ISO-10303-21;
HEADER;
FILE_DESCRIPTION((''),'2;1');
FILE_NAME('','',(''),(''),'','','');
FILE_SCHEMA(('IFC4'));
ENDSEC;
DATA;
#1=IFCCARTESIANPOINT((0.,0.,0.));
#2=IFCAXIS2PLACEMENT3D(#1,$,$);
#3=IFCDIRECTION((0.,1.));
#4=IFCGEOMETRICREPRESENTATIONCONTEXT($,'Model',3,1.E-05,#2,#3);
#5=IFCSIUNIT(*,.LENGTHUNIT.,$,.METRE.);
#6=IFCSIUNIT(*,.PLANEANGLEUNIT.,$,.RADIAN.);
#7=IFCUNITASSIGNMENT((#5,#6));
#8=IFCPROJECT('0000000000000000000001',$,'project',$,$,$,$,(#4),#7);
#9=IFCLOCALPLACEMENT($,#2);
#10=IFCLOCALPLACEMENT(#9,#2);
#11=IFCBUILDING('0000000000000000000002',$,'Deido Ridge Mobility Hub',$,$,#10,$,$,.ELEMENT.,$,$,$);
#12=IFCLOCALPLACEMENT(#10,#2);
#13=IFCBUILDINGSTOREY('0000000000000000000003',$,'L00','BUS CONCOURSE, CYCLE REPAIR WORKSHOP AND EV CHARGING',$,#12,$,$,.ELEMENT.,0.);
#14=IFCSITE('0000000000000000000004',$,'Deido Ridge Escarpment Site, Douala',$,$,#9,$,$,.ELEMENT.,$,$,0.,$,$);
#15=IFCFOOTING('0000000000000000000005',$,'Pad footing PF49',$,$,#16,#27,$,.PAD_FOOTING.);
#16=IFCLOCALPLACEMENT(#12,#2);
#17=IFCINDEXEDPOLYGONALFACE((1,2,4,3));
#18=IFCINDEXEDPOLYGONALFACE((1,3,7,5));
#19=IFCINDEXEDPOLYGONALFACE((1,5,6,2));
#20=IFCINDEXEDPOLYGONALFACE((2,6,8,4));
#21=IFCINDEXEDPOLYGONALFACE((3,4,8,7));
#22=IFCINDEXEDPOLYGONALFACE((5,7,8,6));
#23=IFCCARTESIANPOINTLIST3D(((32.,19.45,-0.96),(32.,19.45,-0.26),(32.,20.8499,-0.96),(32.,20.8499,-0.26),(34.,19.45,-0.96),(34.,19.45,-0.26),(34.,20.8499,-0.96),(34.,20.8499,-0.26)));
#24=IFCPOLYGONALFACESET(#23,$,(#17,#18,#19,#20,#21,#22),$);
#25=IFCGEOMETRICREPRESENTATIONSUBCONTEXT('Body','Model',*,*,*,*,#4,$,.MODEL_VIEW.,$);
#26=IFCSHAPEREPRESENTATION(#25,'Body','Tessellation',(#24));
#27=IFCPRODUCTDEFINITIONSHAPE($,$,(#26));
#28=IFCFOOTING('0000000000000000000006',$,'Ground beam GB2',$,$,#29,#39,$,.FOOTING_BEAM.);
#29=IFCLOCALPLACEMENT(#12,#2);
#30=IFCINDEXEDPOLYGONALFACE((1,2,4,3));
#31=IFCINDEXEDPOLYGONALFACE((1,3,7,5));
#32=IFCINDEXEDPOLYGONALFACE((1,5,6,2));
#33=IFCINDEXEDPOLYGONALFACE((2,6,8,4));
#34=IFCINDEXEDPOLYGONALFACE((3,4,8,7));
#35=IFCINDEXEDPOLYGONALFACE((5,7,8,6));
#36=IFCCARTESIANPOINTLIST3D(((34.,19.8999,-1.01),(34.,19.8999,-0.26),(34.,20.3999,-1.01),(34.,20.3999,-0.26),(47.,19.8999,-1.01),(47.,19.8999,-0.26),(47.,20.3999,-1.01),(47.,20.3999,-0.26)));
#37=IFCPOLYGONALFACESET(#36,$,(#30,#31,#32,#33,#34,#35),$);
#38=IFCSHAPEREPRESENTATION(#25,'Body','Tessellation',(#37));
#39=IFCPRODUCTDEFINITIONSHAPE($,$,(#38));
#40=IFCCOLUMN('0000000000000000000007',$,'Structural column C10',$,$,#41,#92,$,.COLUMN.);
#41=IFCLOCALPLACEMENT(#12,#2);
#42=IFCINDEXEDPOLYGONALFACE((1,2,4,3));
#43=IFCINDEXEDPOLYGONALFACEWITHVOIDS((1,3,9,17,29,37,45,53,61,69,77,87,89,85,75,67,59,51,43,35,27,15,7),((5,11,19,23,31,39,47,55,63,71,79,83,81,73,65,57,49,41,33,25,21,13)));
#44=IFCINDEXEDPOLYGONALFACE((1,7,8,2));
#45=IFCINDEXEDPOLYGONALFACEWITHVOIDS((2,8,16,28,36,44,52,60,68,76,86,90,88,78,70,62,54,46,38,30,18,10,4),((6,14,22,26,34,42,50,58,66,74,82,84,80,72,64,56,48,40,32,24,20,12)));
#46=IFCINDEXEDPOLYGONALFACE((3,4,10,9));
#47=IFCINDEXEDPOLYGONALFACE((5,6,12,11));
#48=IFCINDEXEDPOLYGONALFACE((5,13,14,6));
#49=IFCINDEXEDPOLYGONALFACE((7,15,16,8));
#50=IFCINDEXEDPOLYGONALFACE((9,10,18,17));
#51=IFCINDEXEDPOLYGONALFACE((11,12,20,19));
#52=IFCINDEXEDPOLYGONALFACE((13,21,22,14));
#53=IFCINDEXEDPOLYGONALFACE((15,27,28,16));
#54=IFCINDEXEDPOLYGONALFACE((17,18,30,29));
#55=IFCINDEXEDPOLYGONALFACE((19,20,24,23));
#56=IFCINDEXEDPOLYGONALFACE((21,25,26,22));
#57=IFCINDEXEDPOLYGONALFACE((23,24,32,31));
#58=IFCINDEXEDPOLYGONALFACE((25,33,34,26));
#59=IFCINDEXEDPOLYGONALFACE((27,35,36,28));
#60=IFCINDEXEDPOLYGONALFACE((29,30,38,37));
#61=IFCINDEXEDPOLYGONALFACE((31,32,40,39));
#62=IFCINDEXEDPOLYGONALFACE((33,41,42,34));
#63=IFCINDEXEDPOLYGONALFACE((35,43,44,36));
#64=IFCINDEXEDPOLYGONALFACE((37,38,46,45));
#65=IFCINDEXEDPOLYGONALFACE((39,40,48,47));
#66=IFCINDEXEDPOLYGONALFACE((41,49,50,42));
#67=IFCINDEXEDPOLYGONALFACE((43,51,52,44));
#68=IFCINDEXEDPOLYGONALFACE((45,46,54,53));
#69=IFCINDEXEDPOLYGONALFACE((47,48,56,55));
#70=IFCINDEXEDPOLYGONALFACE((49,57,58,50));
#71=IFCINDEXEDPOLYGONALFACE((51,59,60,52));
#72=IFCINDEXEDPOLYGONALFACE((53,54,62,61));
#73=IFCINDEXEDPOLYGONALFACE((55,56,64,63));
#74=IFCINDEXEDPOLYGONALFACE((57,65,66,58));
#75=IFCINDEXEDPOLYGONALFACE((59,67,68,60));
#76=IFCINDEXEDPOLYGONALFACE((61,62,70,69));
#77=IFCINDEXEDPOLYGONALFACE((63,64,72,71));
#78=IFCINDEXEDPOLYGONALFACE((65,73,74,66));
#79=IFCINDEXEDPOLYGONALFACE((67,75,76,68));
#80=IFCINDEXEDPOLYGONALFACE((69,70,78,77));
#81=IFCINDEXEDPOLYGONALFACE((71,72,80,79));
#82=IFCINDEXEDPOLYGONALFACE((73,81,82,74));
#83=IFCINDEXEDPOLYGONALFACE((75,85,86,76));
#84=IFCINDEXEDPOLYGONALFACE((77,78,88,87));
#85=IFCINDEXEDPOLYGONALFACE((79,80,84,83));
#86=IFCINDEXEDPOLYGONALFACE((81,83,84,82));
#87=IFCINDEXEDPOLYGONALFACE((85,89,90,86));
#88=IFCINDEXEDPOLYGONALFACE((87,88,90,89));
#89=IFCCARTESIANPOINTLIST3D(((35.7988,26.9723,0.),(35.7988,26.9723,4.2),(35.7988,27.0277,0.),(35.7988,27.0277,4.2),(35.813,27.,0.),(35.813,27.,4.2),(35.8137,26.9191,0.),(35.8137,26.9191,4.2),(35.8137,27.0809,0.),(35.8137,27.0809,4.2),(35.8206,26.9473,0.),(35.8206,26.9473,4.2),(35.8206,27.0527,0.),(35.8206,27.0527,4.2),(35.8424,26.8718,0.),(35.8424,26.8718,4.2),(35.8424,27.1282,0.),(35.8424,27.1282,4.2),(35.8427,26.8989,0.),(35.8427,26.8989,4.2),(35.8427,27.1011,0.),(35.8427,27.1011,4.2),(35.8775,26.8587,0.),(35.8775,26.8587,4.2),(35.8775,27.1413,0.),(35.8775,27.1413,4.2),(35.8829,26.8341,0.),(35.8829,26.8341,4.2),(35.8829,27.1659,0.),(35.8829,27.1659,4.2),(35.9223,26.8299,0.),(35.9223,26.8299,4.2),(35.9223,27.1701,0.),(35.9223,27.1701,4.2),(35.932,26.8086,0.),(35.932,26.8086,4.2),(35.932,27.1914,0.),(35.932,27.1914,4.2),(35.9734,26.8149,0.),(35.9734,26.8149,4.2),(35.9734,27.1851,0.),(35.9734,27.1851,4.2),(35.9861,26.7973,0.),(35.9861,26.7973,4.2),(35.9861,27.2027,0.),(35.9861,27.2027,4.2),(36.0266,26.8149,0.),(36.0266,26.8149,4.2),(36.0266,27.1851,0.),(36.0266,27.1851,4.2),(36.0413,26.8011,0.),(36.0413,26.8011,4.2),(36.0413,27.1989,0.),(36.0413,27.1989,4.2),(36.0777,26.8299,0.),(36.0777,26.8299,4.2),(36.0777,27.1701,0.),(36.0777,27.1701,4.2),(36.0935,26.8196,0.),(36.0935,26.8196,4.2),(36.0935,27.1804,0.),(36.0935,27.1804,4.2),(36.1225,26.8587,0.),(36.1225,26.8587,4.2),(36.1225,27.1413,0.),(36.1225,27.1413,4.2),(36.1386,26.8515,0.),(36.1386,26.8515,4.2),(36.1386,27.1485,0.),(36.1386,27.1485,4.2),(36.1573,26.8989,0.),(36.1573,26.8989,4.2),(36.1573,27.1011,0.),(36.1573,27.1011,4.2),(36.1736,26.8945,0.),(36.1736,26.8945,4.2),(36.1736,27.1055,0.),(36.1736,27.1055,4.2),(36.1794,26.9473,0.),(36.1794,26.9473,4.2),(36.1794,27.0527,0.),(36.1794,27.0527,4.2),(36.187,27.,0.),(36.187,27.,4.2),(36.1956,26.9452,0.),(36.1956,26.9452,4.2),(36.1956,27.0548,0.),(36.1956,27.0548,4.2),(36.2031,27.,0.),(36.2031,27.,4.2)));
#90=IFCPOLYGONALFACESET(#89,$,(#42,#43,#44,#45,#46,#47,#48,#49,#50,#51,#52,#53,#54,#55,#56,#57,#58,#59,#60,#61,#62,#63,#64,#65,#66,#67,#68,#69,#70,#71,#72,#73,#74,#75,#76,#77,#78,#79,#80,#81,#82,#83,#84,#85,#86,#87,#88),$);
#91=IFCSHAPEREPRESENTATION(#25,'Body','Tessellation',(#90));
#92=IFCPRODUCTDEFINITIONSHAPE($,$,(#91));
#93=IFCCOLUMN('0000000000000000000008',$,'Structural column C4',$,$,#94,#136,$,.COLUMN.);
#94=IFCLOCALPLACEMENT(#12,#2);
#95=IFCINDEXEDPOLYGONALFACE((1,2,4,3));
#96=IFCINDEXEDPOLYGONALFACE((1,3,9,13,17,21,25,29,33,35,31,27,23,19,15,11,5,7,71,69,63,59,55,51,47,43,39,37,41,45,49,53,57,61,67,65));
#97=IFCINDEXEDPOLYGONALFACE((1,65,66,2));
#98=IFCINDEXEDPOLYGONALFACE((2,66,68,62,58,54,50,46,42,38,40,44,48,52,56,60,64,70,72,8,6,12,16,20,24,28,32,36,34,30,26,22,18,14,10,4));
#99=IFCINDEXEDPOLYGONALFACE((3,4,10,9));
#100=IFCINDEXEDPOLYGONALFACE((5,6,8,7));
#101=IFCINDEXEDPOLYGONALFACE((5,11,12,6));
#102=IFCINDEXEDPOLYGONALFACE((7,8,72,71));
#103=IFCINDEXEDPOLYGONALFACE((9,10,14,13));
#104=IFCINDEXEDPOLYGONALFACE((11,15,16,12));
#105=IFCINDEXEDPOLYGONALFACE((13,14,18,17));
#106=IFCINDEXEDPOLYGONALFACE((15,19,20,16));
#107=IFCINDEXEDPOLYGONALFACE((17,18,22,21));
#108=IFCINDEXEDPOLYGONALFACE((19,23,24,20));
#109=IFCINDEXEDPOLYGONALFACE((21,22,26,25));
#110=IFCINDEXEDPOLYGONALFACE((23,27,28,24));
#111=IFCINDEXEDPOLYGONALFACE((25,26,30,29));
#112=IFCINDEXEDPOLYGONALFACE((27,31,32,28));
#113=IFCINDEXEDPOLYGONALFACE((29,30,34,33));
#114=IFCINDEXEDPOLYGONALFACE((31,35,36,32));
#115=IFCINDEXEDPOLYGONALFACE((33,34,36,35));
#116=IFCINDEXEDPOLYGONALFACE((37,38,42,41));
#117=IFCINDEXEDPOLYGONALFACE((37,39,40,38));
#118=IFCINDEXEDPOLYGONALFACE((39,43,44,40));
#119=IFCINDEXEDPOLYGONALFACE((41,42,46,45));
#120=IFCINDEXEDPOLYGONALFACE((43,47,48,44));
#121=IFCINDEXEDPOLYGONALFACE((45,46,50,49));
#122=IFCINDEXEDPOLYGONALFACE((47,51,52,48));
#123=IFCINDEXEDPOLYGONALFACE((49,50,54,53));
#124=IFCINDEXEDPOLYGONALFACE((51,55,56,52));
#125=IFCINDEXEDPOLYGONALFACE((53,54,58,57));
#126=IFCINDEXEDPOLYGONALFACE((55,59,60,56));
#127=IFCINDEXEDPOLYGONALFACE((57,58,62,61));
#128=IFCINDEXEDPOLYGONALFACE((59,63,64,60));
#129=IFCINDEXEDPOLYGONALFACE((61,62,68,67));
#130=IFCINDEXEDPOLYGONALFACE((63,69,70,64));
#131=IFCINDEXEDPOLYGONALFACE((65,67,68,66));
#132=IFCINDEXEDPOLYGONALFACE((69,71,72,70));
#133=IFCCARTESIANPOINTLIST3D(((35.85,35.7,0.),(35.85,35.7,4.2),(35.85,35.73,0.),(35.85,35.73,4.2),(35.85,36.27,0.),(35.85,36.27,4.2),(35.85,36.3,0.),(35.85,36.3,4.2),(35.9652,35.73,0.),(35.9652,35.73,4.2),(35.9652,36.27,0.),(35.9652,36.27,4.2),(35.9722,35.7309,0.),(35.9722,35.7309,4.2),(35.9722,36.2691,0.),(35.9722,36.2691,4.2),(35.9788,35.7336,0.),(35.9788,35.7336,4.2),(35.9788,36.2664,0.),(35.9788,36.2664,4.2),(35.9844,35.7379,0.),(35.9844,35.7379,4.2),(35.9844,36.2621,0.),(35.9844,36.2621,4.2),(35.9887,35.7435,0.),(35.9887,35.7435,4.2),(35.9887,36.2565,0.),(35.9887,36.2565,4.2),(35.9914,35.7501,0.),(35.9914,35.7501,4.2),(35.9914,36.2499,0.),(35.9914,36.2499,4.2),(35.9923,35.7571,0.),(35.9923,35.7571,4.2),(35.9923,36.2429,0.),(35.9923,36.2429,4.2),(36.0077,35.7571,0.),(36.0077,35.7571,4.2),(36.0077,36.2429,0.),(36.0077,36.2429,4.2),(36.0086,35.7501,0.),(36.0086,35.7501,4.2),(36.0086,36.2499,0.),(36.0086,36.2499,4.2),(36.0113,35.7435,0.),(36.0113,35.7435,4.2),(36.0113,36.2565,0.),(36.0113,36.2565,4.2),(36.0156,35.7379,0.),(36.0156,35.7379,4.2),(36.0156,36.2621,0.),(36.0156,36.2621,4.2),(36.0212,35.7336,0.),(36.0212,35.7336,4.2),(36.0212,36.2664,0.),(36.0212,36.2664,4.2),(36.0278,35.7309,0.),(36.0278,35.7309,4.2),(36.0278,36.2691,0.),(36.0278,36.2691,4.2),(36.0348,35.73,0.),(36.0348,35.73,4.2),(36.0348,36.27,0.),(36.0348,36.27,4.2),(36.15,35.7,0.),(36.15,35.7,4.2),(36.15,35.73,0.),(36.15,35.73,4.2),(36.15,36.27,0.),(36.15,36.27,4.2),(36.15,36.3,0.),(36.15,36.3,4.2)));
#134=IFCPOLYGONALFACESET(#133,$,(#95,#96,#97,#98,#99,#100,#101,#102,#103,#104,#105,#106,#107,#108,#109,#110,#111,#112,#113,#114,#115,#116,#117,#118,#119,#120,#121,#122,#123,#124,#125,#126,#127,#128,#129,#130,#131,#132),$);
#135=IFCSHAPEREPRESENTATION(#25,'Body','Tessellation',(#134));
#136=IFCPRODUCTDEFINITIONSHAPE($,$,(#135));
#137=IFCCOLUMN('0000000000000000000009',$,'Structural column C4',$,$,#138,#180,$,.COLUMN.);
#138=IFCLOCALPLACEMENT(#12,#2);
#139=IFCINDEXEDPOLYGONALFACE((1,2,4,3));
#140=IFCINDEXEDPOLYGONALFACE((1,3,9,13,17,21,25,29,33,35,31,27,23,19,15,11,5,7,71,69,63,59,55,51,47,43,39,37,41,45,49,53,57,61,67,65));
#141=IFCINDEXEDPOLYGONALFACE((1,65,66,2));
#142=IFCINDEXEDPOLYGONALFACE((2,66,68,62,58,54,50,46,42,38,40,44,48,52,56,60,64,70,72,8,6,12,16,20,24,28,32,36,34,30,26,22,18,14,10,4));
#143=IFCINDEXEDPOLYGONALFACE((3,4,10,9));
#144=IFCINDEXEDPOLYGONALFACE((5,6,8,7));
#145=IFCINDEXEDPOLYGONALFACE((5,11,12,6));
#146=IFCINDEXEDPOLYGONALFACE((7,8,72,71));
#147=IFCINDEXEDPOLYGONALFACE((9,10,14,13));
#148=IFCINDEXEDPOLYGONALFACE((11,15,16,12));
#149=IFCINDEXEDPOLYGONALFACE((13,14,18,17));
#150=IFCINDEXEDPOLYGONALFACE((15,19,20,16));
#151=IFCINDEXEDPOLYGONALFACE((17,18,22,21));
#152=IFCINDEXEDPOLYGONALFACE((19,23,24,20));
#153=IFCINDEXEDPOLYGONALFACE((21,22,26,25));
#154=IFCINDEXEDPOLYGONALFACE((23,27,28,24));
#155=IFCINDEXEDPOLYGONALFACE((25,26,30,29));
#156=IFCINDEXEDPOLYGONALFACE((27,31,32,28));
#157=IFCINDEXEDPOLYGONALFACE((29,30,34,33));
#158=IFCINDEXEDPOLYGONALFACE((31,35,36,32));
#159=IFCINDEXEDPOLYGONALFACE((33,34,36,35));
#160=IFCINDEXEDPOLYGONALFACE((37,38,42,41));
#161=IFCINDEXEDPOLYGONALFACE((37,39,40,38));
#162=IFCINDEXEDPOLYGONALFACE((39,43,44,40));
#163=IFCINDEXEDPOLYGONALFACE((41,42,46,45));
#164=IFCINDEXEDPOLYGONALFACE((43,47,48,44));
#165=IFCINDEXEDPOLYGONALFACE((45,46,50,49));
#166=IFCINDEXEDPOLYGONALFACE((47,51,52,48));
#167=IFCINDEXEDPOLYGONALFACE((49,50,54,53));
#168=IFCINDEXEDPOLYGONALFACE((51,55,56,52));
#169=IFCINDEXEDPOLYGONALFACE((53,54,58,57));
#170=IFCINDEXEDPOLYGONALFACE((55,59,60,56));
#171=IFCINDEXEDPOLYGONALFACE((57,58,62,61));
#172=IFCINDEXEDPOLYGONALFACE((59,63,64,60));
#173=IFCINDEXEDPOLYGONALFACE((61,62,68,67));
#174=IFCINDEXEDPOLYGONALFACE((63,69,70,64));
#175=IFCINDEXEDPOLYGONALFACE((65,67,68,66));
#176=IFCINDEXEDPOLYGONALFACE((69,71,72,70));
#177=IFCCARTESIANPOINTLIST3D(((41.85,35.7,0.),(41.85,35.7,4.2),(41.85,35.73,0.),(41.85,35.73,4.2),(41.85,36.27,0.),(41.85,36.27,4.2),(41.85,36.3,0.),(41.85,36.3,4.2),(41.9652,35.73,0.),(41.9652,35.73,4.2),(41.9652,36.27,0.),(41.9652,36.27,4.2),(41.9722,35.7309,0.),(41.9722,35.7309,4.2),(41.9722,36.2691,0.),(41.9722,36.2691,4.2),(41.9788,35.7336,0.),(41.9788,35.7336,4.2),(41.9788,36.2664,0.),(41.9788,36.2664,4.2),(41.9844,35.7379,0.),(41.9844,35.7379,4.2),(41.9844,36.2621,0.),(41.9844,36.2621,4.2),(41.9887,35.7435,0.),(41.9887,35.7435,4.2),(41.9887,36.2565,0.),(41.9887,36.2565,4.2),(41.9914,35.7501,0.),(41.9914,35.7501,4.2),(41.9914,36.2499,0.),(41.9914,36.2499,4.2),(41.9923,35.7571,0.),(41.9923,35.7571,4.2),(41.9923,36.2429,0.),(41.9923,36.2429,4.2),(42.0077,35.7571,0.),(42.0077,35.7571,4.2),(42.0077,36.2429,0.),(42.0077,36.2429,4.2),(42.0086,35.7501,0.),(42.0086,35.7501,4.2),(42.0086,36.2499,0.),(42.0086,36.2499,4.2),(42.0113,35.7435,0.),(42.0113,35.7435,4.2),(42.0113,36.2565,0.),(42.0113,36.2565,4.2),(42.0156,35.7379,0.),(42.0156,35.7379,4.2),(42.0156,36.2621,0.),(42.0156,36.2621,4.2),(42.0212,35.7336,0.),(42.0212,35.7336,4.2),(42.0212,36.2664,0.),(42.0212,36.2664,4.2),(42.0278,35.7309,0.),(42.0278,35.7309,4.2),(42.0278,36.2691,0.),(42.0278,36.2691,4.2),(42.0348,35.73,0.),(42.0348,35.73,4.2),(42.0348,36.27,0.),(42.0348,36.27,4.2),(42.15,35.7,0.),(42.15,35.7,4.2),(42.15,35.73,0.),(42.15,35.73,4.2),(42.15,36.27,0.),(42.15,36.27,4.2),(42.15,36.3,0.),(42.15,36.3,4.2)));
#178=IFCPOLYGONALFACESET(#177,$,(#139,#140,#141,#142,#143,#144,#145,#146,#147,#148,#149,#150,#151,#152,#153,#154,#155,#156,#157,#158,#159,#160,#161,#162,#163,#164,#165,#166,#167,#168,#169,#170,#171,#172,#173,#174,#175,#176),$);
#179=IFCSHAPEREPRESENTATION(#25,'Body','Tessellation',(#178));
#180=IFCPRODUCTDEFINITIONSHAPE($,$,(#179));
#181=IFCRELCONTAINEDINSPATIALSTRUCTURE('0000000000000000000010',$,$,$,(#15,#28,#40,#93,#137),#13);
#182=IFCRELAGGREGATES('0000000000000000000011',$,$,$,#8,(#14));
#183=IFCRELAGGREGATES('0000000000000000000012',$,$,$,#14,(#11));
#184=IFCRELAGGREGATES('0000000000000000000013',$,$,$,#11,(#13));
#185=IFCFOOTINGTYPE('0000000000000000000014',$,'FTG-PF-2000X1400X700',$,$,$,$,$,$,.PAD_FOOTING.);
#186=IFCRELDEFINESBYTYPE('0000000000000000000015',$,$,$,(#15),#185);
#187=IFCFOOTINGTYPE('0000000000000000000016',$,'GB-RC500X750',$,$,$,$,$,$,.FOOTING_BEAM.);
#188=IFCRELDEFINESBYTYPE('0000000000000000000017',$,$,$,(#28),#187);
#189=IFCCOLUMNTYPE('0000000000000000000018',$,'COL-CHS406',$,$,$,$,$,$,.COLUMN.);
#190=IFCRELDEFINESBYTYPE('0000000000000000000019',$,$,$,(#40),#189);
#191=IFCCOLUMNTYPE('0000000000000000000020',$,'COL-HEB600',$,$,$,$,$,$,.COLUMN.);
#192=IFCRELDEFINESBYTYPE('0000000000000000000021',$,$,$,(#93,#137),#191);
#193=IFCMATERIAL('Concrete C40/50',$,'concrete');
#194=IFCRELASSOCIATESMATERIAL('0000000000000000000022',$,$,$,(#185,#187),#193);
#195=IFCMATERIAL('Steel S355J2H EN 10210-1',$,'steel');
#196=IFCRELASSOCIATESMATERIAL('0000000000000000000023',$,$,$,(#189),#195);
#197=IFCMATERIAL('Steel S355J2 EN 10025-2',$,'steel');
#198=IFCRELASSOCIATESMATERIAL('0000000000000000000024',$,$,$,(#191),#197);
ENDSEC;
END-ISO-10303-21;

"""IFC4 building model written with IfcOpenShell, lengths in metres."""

from ifc_helpers import new_model, si_unit, direction, frame, origin, origin_2d, place, context, subcontext, project, spatial, rectangle, hollow_circle, i_section, extrude, material, material_profile, profile_set, type_object, element, save


model = new_model("IFC4")

# Units and contexts
model_context = context("Model", 3, precision=1e-05, world=origin(), true_north=direction((0.0, 1.0)))
body_context = subcontext(model_context, "Body", "Model", "MODEL_VIEW")
ifc_project = project(units=[si_unit("LENGTHUNIT", "METRE"), si_unit("PLANEANGLEUNIT", "RADIAN")], contexts=[model_context])

# Site, building, storey
site_placement = place(None, origin())
site = spatial("IfcSite", under=ifc_project, at=site_placement, Name="Deido Ridge Escarpment Site, Douala", CompositionType="ELEMENT", RefElevation=0.0)
building_placement = place(site_placement, origin())
building = spatial("IfcBuilding", under=site, at=building_placement, Name="Deido Ridge Mobility Hub", CompositionType="ELEMENT")
storey_placement = place(building_placement, origin())
storey = spatial("IfcBuildingStorey", under=building, at=storey_placement, Name="L00", Description="BUS CONCOURSE, CYCLE REPAIR WORKSHOP AND EV CHARGING", CompositionType="ELEMENT", Elevation=0.0)

# Footings
ifc_material_1 = material(Name="Concrete C40/50", Category="concrete")
footing_type_1 = type_object("IfcFootingType", Name="FTG-PF-2000X1400X700", PredefinedType="PAD_FOOTING", material=ifc_material_1)
footing_1_placement = place(storey_placement, frame((33.0, 20.1499, -0.96), z_axis=(0.0, 0.0, 1.0), x_axis=(1.0, 0.0, 0.0)))
element("IfcFooting", 1, at=footing_1_placement, inside=storey, type_object=footing_type_1, Name="Pad footing PF49", PredefinedType="PAD_FOOTING", context=body_context, shape_type="SweptSolid", body=[
    extrude(rectangle(XDim=2.0, YDim=1.3999, at=origin_2d()), origin(), (0.0, 0.0, 1.0), 0.7),
])
ifc_material_profile_1 = material_profile(ifc_material_1, rectangle(XDim=0.5, YDim=0.75, at=origin_2d()), Name="RC GB 500x750")
ifc_profile_set_1 = profile_set([ifc_material_profile_1], Name="Concrete C40/50")
footing_type_2 = type_object("IfcFootingType", Name="GB-RC500X750", PredefinedType="FOOTING_BEAM", material=ifc_profile_set_1)
footing_2_placement = place(storey_placement, frame((34.0, 20.1499, -0.635), z_axis=(1.0, 0.0, 0.0), x_axis=(0.0, 1.0, 0.0)))
element("IfcFooting", 2, at=footing_2_placement, inside=storey, type_object=footing_type_2, Name="Ground beam GB2", PredefinedType="FOOTING_BEAM", context=body_context, shape_type="SweptSolid", body=[
    extrude(rectangle(XDim=0.5, YDim=0.75, at=origin_2d()), origin(), (0.0, 0.0, 1.0), 13.0),
])

# Columns
ifc_material_2 = material(Name="Steel S355J2H EN 10210-1", Category="steel")
ifc_material_profile_2 = material_profile(ifc_material_2, hollow_circle(Radius=0.2031, WallThickness=0.0161, at=origin_2d()), Name="CHS 406.4x16")
ifc_profile_set_2 = profile_set([ifc_material_profile_2], Name="Steel S355J2H EN 10210-1")
column_type_1 = type_object("IfcColumnType", Name="COL-CHS406", PredefinedType="COLUMN", material=ifc_profile_set_2)
column_placement = place(storey_placement, frame((36.0, 27.0, 0.0), z_axis=(0.0, 0.0, 1.0), x_axis=(1.0, 0.0, 0.0)))
element("IfcColumn", 3, at=column_placement, inside=storey, type_object=column_type_1, Name="Structural column C10", PredefinedType="COLUMN", context=body_context, shape_type="SweptSolid", body=[
    extrude(hollow_circle(Radius=0.2031, WallThickness=0.0161, at=origin_2d()), origin(), (0.0, 0.0, 1.0), 4.2),
])
ifc_material_3 = material(Name="Steel S355J2 EN 10025-2", Category="steel")
ifc_material_profile_3 = material_profile(ifc_material_3, i_section(OverallWidth=0.3, OverallDepth=0.6001, WebThickness=0.0154, FlangeThickness=0.03, FilletRadius=0.0271, at=origin_2d()), Name="HEB 600")
ifc_profile_set_3 = profile_set([ifc_material_profile_3], Name="Steel S355J2 EN 10025-2")
column_type_2 = type_object("IfcColumnType", Name="COL-HEB600", PredefinedType="COLUMN", material=ifc_profile_set_3)
for number, where, z_axis, x_axis, name in (
    (4, (36.0, 36.0, 0.0), (0.0, 0.0, 1.0), (1.0, 0.0, 0.0), "Structural column C4"),
    (5, (42.0, 36.0, 0.0), (0.0, 0.0, 1.0), (1.0, 0.0, 0.0), "Structural column C4"),
):
    element("IfcColumn", number, at=place(storey_placement, frame(where, z_axis=z_axis, x_axis=x_axis)), inside=storey, type_object=column_type_2, Name=name, PredefinedType="COLUMN", context=body_context, shape_type="SweptSolid", body=[
        extrude(i_section(OverallWidth=0.3, OverallDepth=0.6001, WebThickness=0.0154, FlangeThickness=0.03, FilletRadius=0.0271, at=origin_2d()), origin(), (0.0, 0.0, 1.0), 4.2),
    ])

save(model, "model.ifc")
